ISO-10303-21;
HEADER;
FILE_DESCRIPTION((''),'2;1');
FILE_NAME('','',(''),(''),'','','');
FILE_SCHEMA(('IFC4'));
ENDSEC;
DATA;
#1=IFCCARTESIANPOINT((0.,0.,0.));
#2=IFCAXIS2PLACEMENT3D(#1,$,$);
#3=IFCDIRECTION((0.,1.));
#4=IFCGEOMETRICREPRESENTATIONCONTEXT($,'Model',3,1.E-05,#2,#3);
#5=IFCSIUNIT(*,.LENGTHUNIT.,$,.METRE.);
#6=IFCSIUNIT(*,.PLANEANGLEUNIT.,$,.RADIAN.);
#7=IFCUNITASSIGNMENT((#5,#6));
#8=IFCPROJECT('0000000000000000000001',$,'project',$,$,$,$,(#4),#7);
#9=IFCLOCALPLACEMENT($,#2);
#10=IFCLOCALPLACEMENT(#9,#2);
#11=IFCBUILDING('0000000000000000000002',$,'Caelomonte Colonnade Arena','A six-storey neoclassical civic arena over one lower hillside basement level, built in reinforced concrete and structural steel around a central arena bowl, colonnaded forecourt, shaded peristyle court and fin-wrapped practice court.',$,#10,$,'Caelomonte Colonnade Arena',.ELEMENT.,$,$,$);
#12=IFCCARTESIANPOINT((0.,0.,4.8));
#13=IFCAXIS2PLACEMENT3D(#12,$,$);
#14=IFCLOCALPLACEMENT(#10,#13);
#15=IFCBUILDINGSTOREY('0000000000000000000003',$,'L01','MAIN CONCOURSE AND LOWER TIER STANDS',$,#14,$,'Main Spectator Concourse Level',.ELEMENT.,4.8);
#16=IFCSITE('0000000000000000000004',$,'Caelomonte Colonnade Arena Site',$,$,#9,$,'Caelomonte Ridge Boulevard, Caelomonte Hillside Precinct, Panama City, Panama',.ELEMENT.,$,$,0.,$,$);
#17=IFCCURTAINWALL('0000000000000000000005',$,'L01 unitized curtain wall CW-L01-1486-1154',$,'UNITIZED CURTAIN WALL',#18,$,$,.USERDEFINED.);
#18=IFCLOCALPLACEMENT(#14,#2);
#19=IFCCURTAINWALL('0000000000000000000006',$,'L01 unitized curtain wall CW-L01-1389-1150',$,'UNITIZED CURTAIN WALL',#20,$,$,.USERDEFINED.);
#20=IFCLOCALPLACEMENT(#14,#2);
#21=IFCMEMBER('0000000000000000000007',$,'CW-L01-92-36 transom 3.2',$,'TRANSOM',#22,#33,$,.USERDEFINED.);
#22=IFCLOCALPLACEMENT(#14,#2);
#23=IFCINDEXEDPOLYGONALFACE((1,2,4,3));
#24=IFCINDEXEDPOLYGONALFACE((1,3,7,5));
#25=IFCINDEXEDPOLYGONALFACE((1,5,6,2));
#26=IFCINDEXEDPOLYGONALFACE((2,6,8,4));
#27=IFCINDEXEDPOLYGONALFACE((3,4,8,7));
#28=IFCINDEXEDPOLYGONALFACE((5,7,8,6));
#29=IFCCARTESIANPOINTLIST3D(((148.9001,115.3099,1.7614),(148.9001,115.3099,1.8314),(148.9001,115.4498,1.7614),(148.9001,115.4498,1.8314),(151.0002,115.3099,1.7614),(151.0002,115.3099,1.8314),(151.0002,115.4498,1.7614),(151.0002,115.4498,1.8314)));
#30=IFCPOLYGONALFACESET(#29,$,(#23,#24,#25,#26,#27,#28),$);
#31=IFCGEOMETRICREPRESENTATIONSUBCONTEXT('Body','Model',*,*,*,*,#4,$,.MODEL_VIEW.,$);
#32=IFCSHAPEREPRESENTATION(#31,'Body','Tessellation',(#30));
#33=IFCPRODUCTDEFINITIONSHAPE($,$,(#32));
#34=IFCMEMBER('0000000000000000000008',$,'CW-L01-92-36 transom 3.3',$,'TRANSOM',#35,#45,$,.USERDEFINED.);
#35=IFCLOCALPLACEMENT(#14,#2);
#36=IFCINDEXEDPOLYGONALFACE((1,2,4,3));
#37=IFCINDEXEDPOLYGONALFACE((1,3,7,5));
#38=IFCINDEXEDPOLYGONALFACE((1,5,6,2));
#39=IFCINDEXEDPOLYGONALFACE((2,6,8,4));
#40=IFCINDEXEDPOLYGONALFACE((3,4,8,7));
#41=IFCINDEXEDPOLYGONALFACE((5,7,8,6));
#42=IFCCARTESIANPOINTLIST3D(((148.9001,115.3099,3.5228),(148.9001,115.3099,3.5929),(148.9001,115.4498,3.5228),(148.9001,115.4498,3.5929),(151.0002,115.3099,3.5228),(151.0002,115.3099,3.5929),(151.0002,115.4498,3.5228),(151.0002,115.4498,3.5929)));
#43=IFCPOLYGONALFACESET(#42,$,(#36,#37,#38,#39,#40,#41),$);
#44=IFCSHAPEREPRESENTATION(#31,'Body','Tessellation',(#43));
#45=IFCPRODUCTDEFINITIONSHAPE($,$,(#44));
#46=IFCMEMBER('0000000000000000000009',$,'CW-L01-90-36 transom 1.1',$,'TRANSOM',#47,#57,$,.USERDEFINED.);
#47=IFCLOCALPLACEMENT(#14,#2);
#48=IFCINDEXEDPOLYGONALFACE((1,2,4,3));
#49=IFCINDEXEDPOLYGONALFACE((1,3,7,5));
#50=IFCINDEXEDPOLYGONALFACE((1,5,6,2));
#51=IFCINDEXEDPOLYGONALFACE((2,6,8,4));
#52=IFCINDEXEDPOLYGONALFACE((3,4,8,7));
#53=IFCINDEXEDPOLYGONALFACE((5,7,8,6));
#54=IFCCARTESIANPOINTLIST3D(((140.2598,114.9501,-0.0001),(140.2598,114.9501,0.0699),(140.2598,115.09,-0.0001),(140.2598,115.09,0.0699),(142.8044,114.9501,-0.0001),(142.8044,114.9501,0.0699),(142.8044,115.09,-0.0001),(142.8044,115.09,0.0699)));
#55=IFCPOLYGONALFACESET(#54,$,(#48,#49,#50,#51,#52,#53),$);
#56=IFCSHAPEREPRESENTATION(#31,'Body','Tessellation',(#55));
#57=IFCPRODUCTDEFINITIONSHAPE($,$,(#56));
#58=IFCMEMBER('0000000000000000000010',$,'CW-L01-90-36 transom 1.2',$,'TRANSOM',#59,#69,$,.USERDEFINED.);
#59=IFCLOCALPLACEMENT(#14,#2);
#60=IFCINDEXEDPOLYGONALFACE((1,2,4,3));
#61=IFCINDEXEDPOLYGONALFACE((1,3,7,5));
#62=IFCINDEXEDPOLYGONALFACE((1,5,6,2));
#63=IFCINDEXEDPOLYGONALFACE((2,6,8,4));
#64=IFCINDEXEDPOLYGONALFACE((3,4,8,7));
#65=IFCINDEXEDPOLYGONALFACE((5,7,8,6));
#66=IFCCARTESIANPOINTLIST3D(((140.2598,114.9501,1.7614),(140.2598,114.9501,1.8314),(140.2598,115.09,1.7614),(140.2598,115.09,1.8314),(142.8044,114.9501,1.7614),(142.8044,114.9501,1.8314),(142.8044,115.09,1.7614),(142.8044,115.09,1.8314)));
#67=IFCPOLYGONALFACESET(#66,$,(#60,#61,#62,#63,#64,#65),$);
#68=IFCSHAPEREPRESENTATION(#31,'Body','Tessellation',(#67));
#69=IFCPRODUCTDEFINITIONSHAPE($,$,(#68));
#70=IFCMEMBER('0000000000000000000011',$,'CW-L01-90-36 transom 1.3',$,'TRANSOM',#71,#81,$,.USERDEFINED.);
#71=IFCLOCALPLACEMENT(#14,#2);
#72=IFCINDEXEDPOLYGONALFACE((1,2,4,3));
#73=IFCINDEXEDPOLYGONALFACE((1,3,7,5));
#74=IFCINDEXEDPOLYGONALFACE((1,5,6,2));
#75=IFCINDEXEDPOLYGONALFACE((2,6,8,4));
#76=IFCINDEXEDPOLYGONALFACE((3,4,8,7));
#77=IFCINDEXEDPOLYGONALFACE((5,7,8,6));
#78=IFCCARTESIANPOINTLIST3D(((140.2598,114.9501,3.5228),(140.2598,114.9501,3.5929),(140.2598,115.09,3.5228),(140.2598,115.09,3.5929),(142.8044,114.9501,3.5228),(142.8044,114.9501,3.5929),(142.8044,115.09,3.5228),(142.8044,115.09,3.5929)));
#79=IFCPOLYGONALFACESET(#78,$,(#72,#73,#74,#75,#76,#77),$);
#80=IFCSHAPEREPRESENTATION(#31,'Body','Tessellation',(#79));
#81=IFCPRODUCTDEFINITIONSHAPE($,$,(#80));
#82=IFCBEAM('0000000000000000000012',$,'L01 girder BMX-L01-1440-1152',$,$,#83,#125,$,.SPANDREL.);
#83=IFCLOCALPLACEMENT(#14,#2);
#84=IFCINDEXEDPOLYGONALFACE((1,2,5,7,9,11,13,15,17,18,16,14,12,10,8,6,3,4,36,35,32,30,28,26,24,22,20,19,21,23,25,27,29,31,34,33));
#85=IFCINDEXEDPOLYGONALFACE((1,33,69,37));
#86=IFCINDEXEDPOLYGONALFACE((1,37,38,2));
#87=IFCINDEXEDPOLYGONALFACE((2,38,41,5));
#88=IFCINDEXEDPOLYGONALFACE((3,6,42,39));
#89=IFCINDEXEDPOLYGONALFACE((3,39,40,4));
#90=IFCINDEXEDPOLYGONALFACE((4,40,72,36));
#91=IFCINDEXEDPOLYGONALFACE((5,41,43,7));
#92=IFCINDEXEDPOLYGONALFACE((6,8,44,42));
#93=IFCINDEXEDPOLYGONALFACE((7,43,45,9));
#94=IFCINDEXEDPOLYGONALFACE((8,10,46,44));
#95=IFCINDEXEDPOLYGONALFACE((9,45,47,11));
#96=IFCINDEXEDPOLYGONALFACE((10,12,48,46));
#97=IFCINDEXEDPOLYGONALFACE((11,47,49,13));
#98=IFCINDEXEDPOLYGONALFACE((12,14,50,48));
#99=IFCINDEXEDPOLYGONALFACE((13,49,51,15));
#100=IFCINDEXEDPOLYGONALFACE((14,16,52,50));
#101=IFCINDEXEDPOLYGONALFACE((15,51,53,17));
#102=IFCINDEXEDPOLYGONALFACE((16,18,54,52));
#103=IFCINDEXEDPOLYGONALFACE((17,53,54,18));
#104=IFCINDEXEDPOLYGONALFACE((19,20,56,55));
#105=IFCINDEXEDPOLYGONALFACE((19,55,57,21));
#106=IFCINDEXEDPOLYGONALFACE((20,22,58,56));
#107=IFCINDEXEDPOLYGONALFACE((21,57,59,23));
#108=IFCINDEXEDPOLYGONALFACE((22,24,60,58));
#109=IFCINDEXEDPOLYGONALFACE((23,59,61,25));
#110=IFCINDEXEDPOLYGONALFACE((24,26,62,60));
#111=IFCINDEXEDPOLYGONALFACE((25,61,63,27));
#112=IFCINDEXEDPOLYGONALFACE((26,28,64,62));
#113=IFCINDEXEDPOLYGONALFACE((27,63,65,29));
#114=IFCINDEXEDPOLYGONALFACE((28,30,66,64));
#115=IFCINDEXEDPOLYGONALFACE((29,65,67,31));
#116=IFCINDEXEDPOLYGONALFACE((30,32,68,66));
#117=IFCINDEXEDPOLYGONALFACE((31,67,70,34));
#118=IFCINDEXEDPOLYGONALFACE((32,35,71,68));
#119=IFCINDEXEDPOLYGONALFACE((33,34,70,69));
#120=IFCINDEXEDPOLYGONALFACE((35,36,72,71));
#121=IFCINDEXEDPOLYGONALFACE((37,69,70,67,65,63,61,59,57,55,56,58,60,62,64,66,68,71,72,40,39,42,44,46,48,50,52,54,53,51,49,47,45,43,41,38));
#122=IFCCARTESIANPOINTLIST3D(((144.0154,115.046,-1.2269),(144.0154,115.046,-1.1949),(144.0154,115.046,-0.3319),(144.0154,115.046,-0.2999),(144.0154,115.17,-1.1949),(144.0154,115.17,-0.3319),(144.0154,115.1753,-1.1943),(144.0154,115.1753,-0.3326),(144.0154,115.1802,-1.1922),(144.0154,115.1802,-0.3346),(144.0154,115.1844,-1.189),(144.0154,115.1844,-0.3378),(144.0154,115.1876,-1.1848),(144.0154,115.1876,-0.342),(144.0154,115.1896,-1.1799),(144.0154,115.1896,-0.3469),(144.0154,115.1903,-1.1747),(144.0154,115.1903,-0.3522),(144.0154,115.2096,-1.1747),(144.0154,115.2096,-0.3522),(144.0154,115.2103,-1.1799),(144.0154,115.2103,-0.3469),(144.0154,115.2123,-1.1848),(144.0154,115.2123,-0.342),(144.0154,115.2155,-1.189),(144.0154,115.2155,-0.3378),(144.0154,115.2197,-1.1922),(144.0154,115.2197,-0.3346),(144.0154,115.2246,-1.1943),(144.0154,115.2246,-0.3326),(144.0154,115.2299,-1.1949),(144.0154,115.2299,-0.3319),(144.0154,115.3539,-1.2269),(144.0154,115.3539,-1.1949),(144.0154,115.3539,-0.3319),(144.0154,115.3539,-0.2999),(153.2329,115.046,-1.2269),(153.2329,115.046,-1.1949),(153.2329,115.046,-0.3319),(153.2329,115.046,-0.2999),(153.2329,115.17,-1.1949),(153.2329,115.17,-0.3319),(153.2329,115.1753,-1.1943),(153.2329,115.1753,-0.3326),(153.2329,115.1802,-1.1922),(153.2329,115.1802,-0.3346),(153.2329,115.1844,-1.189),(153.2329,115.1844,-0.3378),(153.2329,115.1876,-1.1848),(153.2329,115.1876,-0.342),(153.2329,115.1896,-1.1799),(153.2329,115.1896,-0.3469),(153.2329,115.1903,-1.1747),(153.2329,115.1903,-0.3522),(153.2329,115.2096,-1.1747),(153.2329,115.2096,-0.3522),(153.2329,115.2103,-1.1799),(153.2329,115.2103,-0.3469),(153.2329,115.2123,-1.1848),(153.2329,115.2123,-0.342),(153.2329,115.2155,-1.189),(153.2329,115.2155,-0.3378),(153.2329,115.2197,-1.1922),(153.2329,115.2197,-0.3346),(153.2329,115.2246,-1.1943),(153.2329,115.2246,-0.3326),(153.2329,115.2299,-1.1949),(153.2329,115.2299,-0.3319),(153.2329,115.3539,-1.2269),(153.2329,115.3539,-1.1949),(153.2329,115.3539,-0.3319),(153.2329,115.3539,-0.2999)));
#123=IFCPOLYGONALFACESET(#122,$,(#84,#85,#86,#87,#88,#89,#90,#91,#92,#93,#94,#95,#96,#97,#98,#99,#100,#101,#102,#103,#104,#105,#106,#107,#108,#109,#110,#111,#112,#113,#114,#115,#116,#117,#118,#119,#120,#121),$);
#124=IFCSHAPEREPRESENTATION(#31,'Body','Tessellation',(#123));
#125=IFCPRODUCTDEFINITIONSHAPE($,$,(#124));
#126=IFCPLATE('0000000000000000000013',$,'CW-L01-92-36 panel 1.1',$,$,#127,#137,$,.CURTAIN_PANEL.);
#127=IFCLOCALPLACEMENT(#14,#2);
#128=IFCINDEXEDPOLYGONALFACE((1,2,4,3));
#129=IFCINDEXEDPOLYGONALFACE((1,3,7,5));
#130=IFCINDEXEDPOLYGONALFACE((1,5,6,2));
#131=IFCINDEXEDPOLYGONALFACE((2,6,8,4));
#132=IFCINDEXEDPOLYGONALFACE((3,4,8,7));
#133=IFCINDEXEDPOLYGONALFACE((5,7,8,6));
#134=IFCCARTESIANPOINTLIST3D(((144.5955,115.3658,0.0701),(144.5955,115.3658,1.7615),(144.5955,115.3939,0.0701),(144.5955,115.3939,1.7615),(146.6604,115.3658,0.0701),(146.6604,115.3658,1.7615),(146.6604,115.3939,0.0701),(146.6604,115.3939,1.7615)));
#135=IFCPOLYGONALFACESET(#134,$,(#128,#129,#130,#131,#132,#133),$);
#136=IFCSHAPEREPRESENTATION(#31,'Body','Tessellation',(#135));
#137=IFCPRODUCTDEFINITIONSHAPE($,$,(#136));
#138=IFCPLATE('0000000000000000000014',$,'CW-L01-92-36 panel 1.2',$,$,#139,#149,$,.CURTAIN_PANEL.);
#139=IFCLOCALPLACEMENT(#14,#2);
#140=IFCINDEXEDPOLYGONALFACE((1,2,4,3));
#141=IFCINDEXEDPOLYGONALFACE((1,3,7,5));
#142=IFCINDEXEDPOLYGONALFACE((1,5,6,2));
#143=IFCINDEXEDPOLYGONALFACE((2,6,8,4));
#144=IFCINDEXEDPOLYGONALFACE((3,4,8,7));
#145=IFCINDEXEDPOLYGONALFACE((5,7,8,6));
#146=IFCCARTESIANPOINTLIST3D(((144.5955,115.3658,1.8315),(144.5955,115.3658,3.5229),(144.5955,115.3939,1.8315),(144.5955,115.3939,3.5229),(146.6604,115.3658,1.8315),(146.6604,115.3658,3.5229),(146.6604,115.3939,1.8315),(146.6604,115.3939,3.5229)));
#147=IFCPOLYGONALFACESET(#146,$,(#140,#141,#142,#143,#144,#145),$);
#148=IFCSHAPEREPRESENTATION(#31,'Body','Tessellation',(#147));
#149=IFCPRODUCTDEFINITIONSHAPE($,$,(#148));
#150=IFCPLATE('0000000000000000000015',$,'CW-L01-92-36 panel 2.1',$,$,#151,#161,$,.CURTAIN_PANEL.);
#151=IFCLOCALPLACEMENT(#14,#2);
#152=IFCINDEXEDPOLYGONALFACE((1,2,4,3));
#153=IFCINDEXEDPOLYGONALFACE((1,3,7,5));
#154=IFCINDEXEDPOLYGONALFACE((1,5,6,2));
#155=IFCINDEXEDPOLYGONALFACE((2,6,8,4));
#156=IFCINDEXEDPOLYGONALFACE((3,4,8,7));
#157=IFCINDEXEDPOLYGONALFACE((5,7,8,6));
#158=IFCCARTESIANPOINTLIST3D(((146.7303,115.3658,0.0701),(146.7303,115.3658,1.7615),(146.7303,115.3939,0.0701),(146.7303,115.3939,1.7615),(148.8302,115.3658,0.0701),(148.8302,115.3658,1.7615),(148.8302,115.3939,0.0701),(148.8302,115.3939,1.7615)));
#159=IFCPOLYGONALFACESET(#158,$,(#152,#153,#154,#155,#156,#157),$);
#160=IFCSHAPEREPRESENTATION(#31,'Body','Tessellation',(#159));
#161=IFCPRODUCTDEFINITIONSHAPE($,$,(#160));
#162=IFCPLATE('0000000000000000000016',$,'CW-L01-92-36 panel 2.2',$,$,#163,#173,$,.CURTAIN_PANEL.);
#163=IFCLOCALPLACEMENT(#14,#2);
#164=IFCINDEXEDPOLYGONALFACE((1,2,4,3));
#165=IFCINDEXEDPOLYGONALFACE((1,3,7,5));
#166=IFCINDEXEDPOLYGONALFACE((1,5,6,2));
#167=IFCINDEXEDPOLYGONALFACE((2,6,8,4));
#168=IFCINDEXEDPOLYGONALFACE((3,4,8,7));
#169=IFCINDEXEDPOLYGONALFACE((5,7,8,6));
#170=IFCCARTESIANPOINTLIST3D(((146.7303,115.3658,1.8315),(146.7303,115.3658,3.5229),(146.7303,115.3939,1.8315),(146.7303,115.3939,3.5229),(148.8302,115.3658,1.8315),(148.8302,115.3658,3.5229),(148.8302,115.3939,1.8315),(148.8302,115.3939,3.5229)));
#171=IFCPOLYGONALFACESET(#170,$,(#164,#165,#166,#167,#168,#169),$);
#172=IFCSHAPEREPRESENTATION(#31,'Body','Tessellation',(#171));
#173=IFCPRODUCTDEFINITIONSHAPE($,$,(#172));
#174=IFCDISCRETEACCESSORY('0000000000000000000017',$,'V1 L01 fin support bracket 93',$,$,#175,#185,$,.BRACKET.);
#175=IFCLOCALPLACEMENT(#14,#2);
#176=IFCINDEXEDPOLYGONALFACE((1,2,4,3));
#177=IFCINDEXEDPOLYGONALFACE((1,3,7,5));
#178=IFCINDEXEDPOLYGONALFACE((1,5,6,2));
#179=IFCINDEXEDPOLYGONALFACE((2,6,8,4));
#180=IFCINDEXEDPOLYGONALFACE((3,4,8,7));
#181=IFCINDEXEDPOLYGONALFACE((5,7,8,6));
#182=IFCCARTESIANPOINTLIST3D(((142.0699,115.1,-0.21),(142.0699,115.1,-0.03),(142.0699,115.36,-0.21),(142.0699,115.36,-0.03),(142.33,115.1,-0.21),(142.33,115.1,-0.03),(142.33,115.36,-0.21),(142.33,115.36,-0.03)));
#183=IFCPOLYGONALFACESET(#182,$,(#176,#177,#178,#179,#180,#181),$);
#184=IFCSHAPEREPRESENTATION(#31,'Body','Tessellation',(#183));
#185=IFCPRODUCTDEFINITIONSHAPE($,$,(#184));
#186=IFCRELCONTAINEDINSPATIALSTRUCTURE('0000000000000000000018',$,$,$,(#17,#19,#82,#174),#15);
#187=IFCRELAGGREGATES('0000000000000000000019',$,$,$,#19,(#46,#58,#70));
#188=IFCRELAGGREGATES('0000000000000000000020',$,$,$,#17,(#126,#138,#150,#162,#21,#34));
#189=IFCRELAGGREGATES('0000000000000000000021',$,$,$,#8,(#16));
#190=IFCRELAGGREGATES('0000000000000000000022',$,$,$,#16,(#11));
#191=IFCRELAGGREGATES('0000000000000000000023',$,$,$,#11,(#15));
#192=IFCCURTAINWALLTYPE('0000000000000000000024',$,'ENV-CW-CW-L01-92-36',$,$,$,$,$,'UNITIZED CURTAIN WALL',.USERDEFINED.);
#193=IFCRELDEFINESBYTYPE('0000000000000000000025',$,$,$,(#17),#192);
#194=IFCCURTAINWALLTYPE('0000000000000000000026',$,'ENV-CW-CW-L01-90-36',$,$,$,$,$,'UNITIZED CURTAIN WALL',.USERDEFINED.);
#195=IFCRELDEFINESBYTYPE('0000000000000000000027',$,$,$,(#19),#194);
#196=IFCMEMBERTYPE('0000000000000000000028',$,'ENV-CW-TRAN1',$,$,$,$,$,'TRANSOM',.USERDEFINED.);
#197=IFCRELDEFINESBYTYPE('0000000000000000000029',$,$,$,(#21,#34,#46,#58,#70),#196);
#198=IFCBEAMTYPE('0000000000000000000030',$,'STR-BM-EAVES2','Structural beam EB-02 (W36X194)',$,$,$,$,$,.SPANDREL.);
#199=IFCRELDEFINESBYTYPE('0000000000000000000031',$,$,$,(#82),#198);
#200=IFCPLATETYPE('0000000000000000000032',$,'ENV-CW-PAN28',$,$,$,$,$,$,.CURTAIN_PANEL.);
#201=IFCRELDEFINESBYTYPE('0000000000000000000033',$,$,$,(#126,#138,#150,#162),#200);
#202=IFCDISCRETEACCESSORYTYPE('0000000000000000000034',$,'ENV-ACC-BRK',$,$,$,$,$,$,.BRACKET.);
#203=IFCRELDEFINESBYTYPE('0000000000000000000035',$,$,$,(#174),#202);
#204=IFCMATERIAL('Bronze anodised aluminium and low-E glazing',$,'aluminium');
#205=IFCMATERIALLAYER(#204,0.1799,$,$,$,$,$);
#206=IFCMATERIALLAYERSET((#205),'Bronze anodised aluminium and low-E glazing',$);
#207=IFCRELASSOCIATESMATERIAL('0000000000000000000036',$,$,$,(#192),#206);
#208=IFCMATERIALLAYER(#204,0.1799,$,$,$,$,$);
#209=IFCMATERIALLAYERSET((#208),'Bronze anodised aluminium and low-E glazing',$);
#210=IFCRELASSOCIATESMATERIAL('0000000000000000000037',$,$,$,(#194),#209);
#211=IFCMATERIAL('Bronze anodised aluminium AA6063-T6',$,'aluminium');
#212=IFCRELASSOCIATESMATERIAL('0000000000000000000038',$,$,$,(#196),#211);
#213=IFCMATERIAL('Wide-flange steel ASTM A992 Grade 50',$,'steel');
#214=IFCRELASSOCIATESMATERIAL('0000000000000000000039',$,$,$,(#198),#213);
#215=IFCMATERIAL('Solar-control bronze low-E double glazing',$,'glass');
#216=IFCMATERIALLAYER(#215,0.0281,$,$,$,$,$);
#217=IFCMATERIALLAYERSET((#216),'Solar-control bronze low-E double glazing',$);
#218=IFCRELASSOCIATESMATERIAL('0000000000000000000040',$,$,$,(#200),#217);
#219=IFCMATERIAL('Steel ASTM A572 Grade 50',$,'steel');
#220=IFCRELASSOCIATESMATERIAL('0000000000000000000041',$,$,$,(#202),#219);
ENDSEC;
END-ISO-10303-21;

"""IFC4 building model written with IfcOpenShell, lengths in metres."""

from ifc_helpers import new_model, si_unit, direction, frame, origin, origin_2d, place, context, subcontext, project, spatial, rectangle, i_section, extrude, material, layer, layer_set, material_profile, profile_set, type_object, element, aggregate, save


model = new_model("IFC4")

# Units and contexts
model_context = context("Model", 3, precision=1e-05, world=origin(), true_north=direction((0.0, 1.0)))
body_context = subcontext(model_context, "Body", "Model", "MODEL_VIEW")
ifc_project = project(units=[si_unit("LENGTHUNIT", "METRE"), si_unit("PLANEANGLEUNIT", "RADIAN")], contexts=[model_context])

# Site, building, storey
site_placement = place(None, origin())
site = spatial("IfcSite", under=ifc_project, at=site_placement, Name="Caelomonte Colonnade Arena Site", LongName="Caelomonte Ridge Boulevard, Caelomonte Hillside Precinct, Panama City, Panama", CompositionType="ELEMENT", RefElevation=0.0)
building_placement = place(site_placement, origin())
building = spatial("IfcBuilding", under=site, at=building_placement, Name="Caelomonte Colonnade Arena", Description="A six-storey neoclassical civic arena over one lower hillside basement level, built in reinforced concrete and structural steel around a central arena bowl, colonnaded forecourt, shaded peristyle court and fin-wrapped practice court.", LongName="Caelomonte Colonnade Arena", CompositionType="ELEMENT")
storey_placement = place(building_placement, frame((0.0, 0.0, 4.8)))
storey = spatial("IfcBuildingStorey", under=building, at=storey_placement, Name="L01", Description="MAIN CONCOURSE AND LOWER TIER STANDS", LongName="Main Spectator Concourse Level", CompositionType="ELEMENT", Elevation=4.8)

# Shared definitions
ifc_material_1 = material(Name="Wide-flange steel ASTM A992 Grade 50", Category="steel")

# Curtain wall
ifc_material_2 = material(Name="Bronze anodised aluminium and low-E glazing", Category="aluminium")
ifc_layer_1 = layer(ifc_material_2, 0.1799)
ifc_layer_set_1 = layer_set([ifc_layer_1], Name="Bronze anodised aluminium and low-E glazing")
curtain_wall_type_1 = type_object("IfcCurtainWallType", Name="ENV-CW-CW-L01-92-36", ElementType="UNITIZED CURTAIN WALL", PredefinedType="USERDEFINED", material=ifc_layer_set_1)
curtain_wall_1_placement = place(storey_placement, origin())
curtain_wall_1 = element("IfcCurtainWall", 1, at=curtain_wall_1_placement, inside=storey, type_object=curtain_wall_type_1, Name="L01 unitized curtain wall CW-L01-1486-1154", ObjectType="UNITIZED CURTAIN WALL", PredefinedType="USERDEFINED")
ifc_material_3 = material(Name="Bronze anodised aluminium AA6063-T6", Category="aluminium")

# Curtain wall
ifc_layer_2 = layer(ifc_material_2, 0.1799)
ifc_layer_set_2 = layer_set([ifc_layer_2], Name="Bronze anodised aluminium and low-E glazing")
curtain_wall_type_2 = type_object("IfcCurtainWallType", Name="ENV-CW-CW-L01-90-36", ElementType="UNITIZED CURTAIN WALL", PredefinedType="USERDEFINED", material=ifc_layer_set_2)
curtain_wall_2_placement = place(storey_placement, origin())
curtain_wall_2 = element("IfcCurtainWall", 2, at=curtain_wall_2_placement, inside=storey, type_object=curtain_wall_type_2, Name="L01 unitized curtain wall CW-L01-1389-1150", ObjectType="UNITIZED CURTAIN WALL", PredefinedType="USERDEFINED")

# Members
ifc_material_profile_1 = material_profile(ifc_material_3, rectangle(XDim=0.0701, YDim=0.1399, at=origin_2d()), Name="CWT-70X140")
ifc_profile_set_1 = profile_set([ifc_material_profile_1], Name="Bronze anodised aluminium AA6063-T6")
member_type_1 = type_object("IfcMemberType", Name="ENV-CW-TRAN1", ElementType="TRANSOM", PredefinedType="USERDEFINED", material=ifc_profile_set_1)
member_1_placement = place(storey_placement, frame((148.9001, 115.3799, 1.7964), z_axis=(1.0, 0.0, 0.0), x_axis=(0.0, 0.0, 1.0)))
member_1 = element("IfcMember", 3, at=member_1_placement, type_object=member_type_1, Name="CW-L01-92-36 transom 3.2", ObjectType="TRANSOM", PredefinedType="USERDEFINED", context=body_context, shape_type="SweptSolid", body=[
    extrude(rectangle(XDim=0.0701, YDim=0.1399, at=origin_2d()), origin(), (0.0, 0.0, 1.0), 2.1001),
])
member_2_placement = place(storey_placement, frame((148.9001, 115.3799, 3.5579), z_axis=(1.0, 0.0, 0.0), x_axis=(0.0, 0.0, 1.0)))
member_2 = element("IfcMember", 4, at=member_2_placement, type_object=member_type_1, Name="CW-L01-92-36 transom 3.3", ObjectType="TRANSOM", PredefinedType="USERDEFINED", context=body_context, shape_type="SweptSolid", body=[
    extrude(rectangle(XDim=0.0701, YDim=0.1399, at=origin_2d()), origin(), (0.0, 0.0, 1.0), 2.1001),
])
member_3_placement = place(storey_placement, frame((142.8044, 115.02, 0.0349), z_axis=(-1.0, 0.0, 0.0), x_axis=(0.0, 0.0, 1.0)))
member_3 = element("IfcMember", 5, at=member_3_placement, type_object=member_type_1, Name="CW-L01-90-36 transom 1.1", ObjectType="TRANSOM", PredefinedType="USERDEFINED", context=body_context, shape_type="SweptSolid", body=[
    extrude(rectangle(XDim=0.0701, YDim=0.1399, at=origin_2d()), origin(), (0.0, 0.0, 1.0), 2.5447),
])
member_4_placement = place(storey_placement, frame((142.8044, 115.02, 1.7964), z_axis=(-1.0, 0.0, 0.0), x_axis=(0.0, 0.0, 1.0)))
member_4 = element("IfcMember", 6, at=member_4_placement, type_object=member_type_1, Name="CW-L01-90-36 transom 1.2", ObjectType="TRANSOM", PredefinedType="USERDEFINED", context=body_context, shape_type="SweptSolid", body=[
    extrude(rectangle(XDim=0.0701, YDim=0.1399, at=origin_2d()), origin(), (0.0, 0.0, 1.0), 2.5447),
])
member_5_placement = place(storey_placement, frame((142.8044, 115.02, 3.5579), z_axis=(-1.0, 0.0, 0.0), x_axis=(0.0, 0.0, 1.0)))
member_5 = element("IfcMember", 7, at=member_5_placement, type_object=member_type_1, Name="CW-L01-90-36 transom 1.3", ObjectType="TRANSOM", PredefinedType="USERDEFINED", context=body_context, shape_type="SweptSolid", body=[
    extrude(rectangle(XDim=0.0701, YDim=0.1399, at=origin_2d()), origin(), (0.0, 0.0, 1.0), 2.5447),
])
aggregate(curtain_wall_2, [member_3, member_4, member_5])

# Beam
ifc_material_profile_2 = material_profile(ifc_material_1, i_section(OverallWidth=0.3079, OverallDepth=0.927, WebThickness=0.0193, FlangeThickness=0.032, FilletRadius=0.0203, at=origin_2d()), Name="W36X194")
ifc_profile_set_2 = profile_set([ifc_material_profile_2], Name="Wide-flange steel ASTM A992 Grade 50")
beam_type = type_object("IfcBeamType", Name="STR-BM-EAVES2", Description="Structural beam EB-02 (W36X194)", PredefinedType="SPANDREL", material=ifc_profile_set_2)
beam_placement = place(storey_placement, frame((144.0154, 115.2, -0.7634), z_axis=(1.0, 0.0, 0.0), x_axis=(0.0, 1.0, 0.0)))
element("IfcBeam", 8, at=beam_placement, inside=storey, type_object=beam_type, Name="L01 girder BMX-L01-1440-1152", PredefinedType="SPANDREL", context=body_context, shape_type="SweptSolid", body=[
    extrude(i_section(OverallWidth=0.3079, OverallDepth=0.927, WebThickness=0.0193, FlangeThickness=0.032, FilletRadius=0.0203, at=origin_2d()), origin(), (0.0, 0.0, 1.0), 9.2175),
])

# Plates
ifc_material_4 = material(Name="Solar-control bronze low-E double glazing", Category="glass")
ifc_layer_3 = layer(ifc_material_4, 0.0281)
ifc_layer_set_3 = layer_set([ifc_layer_3], Name="Solar-control bronze low-E double glazing")
plate_type = type_object("IfcPlateType", Name="ENV-CW-PAN28", PredefinedType="CURTAIN_PANEL", material=ifc_layer_set_3)
plate_1_placement = place(storey_placement, frame((145.6279, 115.3799, 0.0701), z_axis=(0.0, 0.0, 1.0), x_axis=(1.0, 0.0, 0.0)))
plate_1 = element("IfcPlate", 9, at=plate_1_placement, type_object=plate_type, Name="CW-L01-92-36 panel 1.1", PredefinedType="CURTAIN_PANEL", context=body_context, shape_type="SweptSolid", body=[
    extrude(rectangle(XDim=2.0649, YDim=0.0281, at=origin_2d()), origin(), (0.0, 0.0, 1.0), 1.6914),
])
plate_2_placement = place(storey_placement, frame((145.6279, 115.3799, 1.8315), z_axis=(0.0, 0.0, 1.0), x_axis=(1.0, 0.0, 0.0)))
plate_2 = element("IfcPlate", 10, at=plate_2_placement, type_object=plate_type, Name="CW-L01-92-36 panel 1.2", PredefinedType="CURTAIN_PANEL", context=body_context, shape_type="SweptSolid", body=[
    extrude(rectangle(XDim=2.0649, YDim=0.0281, at=origin_2d()), origin(), (0.0, 0.0, 1.0), 1.6914),
])
plate_3_placement = place(storey_placement, frame((147.7803, 115.3799, 0.0701), z_axis=(0.0, 0.0, 1.0), x_axis=(1.0, 0.0, 0.0)))
plate_3 = element("IfcPlate", 11, at=plate_3_placement, type_object=plate_type, Name="CW-L01-92-36 panel 2.1", PredefinedType="CURTAIN_PANEL", context=body_context, shape_type="SweptSolid", body=[
    extrude(rectangle(XDim=2.0999, YDim=0.0281, at=origin_2d()), origin(), (0.0, 0.0, 1.0), 1.6914),
])
plate_4_placement = place(storey_placement, frame((147.7803, 115.3799, 1.8315), z_axis=(0.0, 0.0, 1.0), x_axis=(1.0, 0.0, 0.0)))
plate_4 = element("IfcPlate", 12, at=plate_4_placement, type_object=plate_type, Name="CW-L01-92-36 panel 2.2", PredefinedType="CURTAIN_PANEL", context=body_context, shape_type="SweptSolid", body=[
    extrude(rectangle(XDim=2.0999, YDim=0.0281, at=origin_2d()), origin(), (0.0, 0.0, 1.0), 1.6914),
])
aggregate(curtain_wall_1, [plate_1, plate_2, plate_3, plate_4, member_1, member_2])

# Discrete accessory
ifc_material_5 = material(Name="Steel ASTM A572 Grade 50", Category="steel")
discrete_accessory_type = type_object("IfcDiscreteAccessoryType", Name="ENV-ACC-BRK", PredefinedType="BRACKET", material=ifc_material_5)
discrete_accessory_placement = place(storey_placement, frame((142.2, 115.23, -0.21), z_axis=(0.0, 0.0, 1.0), x_axis=(-1.0, 0.0, 0.0)))
element("IfcDiscreteAccessory", 13, at=discrete_accessory_placement, inside=storey, type_object=discrete_accessory_type, Name="V1 L01 fin support bracket 93", PredefinedType="BRACKET", context=body_context, shape_type="SweptSolid", body=[
    extrude(rectangle(XDim=0.26, YDim=0.26, at=origin_2d()), origin(), (0.0, 0.0, 1.0), 0.1799),
])

save(model, "model.ifc")
